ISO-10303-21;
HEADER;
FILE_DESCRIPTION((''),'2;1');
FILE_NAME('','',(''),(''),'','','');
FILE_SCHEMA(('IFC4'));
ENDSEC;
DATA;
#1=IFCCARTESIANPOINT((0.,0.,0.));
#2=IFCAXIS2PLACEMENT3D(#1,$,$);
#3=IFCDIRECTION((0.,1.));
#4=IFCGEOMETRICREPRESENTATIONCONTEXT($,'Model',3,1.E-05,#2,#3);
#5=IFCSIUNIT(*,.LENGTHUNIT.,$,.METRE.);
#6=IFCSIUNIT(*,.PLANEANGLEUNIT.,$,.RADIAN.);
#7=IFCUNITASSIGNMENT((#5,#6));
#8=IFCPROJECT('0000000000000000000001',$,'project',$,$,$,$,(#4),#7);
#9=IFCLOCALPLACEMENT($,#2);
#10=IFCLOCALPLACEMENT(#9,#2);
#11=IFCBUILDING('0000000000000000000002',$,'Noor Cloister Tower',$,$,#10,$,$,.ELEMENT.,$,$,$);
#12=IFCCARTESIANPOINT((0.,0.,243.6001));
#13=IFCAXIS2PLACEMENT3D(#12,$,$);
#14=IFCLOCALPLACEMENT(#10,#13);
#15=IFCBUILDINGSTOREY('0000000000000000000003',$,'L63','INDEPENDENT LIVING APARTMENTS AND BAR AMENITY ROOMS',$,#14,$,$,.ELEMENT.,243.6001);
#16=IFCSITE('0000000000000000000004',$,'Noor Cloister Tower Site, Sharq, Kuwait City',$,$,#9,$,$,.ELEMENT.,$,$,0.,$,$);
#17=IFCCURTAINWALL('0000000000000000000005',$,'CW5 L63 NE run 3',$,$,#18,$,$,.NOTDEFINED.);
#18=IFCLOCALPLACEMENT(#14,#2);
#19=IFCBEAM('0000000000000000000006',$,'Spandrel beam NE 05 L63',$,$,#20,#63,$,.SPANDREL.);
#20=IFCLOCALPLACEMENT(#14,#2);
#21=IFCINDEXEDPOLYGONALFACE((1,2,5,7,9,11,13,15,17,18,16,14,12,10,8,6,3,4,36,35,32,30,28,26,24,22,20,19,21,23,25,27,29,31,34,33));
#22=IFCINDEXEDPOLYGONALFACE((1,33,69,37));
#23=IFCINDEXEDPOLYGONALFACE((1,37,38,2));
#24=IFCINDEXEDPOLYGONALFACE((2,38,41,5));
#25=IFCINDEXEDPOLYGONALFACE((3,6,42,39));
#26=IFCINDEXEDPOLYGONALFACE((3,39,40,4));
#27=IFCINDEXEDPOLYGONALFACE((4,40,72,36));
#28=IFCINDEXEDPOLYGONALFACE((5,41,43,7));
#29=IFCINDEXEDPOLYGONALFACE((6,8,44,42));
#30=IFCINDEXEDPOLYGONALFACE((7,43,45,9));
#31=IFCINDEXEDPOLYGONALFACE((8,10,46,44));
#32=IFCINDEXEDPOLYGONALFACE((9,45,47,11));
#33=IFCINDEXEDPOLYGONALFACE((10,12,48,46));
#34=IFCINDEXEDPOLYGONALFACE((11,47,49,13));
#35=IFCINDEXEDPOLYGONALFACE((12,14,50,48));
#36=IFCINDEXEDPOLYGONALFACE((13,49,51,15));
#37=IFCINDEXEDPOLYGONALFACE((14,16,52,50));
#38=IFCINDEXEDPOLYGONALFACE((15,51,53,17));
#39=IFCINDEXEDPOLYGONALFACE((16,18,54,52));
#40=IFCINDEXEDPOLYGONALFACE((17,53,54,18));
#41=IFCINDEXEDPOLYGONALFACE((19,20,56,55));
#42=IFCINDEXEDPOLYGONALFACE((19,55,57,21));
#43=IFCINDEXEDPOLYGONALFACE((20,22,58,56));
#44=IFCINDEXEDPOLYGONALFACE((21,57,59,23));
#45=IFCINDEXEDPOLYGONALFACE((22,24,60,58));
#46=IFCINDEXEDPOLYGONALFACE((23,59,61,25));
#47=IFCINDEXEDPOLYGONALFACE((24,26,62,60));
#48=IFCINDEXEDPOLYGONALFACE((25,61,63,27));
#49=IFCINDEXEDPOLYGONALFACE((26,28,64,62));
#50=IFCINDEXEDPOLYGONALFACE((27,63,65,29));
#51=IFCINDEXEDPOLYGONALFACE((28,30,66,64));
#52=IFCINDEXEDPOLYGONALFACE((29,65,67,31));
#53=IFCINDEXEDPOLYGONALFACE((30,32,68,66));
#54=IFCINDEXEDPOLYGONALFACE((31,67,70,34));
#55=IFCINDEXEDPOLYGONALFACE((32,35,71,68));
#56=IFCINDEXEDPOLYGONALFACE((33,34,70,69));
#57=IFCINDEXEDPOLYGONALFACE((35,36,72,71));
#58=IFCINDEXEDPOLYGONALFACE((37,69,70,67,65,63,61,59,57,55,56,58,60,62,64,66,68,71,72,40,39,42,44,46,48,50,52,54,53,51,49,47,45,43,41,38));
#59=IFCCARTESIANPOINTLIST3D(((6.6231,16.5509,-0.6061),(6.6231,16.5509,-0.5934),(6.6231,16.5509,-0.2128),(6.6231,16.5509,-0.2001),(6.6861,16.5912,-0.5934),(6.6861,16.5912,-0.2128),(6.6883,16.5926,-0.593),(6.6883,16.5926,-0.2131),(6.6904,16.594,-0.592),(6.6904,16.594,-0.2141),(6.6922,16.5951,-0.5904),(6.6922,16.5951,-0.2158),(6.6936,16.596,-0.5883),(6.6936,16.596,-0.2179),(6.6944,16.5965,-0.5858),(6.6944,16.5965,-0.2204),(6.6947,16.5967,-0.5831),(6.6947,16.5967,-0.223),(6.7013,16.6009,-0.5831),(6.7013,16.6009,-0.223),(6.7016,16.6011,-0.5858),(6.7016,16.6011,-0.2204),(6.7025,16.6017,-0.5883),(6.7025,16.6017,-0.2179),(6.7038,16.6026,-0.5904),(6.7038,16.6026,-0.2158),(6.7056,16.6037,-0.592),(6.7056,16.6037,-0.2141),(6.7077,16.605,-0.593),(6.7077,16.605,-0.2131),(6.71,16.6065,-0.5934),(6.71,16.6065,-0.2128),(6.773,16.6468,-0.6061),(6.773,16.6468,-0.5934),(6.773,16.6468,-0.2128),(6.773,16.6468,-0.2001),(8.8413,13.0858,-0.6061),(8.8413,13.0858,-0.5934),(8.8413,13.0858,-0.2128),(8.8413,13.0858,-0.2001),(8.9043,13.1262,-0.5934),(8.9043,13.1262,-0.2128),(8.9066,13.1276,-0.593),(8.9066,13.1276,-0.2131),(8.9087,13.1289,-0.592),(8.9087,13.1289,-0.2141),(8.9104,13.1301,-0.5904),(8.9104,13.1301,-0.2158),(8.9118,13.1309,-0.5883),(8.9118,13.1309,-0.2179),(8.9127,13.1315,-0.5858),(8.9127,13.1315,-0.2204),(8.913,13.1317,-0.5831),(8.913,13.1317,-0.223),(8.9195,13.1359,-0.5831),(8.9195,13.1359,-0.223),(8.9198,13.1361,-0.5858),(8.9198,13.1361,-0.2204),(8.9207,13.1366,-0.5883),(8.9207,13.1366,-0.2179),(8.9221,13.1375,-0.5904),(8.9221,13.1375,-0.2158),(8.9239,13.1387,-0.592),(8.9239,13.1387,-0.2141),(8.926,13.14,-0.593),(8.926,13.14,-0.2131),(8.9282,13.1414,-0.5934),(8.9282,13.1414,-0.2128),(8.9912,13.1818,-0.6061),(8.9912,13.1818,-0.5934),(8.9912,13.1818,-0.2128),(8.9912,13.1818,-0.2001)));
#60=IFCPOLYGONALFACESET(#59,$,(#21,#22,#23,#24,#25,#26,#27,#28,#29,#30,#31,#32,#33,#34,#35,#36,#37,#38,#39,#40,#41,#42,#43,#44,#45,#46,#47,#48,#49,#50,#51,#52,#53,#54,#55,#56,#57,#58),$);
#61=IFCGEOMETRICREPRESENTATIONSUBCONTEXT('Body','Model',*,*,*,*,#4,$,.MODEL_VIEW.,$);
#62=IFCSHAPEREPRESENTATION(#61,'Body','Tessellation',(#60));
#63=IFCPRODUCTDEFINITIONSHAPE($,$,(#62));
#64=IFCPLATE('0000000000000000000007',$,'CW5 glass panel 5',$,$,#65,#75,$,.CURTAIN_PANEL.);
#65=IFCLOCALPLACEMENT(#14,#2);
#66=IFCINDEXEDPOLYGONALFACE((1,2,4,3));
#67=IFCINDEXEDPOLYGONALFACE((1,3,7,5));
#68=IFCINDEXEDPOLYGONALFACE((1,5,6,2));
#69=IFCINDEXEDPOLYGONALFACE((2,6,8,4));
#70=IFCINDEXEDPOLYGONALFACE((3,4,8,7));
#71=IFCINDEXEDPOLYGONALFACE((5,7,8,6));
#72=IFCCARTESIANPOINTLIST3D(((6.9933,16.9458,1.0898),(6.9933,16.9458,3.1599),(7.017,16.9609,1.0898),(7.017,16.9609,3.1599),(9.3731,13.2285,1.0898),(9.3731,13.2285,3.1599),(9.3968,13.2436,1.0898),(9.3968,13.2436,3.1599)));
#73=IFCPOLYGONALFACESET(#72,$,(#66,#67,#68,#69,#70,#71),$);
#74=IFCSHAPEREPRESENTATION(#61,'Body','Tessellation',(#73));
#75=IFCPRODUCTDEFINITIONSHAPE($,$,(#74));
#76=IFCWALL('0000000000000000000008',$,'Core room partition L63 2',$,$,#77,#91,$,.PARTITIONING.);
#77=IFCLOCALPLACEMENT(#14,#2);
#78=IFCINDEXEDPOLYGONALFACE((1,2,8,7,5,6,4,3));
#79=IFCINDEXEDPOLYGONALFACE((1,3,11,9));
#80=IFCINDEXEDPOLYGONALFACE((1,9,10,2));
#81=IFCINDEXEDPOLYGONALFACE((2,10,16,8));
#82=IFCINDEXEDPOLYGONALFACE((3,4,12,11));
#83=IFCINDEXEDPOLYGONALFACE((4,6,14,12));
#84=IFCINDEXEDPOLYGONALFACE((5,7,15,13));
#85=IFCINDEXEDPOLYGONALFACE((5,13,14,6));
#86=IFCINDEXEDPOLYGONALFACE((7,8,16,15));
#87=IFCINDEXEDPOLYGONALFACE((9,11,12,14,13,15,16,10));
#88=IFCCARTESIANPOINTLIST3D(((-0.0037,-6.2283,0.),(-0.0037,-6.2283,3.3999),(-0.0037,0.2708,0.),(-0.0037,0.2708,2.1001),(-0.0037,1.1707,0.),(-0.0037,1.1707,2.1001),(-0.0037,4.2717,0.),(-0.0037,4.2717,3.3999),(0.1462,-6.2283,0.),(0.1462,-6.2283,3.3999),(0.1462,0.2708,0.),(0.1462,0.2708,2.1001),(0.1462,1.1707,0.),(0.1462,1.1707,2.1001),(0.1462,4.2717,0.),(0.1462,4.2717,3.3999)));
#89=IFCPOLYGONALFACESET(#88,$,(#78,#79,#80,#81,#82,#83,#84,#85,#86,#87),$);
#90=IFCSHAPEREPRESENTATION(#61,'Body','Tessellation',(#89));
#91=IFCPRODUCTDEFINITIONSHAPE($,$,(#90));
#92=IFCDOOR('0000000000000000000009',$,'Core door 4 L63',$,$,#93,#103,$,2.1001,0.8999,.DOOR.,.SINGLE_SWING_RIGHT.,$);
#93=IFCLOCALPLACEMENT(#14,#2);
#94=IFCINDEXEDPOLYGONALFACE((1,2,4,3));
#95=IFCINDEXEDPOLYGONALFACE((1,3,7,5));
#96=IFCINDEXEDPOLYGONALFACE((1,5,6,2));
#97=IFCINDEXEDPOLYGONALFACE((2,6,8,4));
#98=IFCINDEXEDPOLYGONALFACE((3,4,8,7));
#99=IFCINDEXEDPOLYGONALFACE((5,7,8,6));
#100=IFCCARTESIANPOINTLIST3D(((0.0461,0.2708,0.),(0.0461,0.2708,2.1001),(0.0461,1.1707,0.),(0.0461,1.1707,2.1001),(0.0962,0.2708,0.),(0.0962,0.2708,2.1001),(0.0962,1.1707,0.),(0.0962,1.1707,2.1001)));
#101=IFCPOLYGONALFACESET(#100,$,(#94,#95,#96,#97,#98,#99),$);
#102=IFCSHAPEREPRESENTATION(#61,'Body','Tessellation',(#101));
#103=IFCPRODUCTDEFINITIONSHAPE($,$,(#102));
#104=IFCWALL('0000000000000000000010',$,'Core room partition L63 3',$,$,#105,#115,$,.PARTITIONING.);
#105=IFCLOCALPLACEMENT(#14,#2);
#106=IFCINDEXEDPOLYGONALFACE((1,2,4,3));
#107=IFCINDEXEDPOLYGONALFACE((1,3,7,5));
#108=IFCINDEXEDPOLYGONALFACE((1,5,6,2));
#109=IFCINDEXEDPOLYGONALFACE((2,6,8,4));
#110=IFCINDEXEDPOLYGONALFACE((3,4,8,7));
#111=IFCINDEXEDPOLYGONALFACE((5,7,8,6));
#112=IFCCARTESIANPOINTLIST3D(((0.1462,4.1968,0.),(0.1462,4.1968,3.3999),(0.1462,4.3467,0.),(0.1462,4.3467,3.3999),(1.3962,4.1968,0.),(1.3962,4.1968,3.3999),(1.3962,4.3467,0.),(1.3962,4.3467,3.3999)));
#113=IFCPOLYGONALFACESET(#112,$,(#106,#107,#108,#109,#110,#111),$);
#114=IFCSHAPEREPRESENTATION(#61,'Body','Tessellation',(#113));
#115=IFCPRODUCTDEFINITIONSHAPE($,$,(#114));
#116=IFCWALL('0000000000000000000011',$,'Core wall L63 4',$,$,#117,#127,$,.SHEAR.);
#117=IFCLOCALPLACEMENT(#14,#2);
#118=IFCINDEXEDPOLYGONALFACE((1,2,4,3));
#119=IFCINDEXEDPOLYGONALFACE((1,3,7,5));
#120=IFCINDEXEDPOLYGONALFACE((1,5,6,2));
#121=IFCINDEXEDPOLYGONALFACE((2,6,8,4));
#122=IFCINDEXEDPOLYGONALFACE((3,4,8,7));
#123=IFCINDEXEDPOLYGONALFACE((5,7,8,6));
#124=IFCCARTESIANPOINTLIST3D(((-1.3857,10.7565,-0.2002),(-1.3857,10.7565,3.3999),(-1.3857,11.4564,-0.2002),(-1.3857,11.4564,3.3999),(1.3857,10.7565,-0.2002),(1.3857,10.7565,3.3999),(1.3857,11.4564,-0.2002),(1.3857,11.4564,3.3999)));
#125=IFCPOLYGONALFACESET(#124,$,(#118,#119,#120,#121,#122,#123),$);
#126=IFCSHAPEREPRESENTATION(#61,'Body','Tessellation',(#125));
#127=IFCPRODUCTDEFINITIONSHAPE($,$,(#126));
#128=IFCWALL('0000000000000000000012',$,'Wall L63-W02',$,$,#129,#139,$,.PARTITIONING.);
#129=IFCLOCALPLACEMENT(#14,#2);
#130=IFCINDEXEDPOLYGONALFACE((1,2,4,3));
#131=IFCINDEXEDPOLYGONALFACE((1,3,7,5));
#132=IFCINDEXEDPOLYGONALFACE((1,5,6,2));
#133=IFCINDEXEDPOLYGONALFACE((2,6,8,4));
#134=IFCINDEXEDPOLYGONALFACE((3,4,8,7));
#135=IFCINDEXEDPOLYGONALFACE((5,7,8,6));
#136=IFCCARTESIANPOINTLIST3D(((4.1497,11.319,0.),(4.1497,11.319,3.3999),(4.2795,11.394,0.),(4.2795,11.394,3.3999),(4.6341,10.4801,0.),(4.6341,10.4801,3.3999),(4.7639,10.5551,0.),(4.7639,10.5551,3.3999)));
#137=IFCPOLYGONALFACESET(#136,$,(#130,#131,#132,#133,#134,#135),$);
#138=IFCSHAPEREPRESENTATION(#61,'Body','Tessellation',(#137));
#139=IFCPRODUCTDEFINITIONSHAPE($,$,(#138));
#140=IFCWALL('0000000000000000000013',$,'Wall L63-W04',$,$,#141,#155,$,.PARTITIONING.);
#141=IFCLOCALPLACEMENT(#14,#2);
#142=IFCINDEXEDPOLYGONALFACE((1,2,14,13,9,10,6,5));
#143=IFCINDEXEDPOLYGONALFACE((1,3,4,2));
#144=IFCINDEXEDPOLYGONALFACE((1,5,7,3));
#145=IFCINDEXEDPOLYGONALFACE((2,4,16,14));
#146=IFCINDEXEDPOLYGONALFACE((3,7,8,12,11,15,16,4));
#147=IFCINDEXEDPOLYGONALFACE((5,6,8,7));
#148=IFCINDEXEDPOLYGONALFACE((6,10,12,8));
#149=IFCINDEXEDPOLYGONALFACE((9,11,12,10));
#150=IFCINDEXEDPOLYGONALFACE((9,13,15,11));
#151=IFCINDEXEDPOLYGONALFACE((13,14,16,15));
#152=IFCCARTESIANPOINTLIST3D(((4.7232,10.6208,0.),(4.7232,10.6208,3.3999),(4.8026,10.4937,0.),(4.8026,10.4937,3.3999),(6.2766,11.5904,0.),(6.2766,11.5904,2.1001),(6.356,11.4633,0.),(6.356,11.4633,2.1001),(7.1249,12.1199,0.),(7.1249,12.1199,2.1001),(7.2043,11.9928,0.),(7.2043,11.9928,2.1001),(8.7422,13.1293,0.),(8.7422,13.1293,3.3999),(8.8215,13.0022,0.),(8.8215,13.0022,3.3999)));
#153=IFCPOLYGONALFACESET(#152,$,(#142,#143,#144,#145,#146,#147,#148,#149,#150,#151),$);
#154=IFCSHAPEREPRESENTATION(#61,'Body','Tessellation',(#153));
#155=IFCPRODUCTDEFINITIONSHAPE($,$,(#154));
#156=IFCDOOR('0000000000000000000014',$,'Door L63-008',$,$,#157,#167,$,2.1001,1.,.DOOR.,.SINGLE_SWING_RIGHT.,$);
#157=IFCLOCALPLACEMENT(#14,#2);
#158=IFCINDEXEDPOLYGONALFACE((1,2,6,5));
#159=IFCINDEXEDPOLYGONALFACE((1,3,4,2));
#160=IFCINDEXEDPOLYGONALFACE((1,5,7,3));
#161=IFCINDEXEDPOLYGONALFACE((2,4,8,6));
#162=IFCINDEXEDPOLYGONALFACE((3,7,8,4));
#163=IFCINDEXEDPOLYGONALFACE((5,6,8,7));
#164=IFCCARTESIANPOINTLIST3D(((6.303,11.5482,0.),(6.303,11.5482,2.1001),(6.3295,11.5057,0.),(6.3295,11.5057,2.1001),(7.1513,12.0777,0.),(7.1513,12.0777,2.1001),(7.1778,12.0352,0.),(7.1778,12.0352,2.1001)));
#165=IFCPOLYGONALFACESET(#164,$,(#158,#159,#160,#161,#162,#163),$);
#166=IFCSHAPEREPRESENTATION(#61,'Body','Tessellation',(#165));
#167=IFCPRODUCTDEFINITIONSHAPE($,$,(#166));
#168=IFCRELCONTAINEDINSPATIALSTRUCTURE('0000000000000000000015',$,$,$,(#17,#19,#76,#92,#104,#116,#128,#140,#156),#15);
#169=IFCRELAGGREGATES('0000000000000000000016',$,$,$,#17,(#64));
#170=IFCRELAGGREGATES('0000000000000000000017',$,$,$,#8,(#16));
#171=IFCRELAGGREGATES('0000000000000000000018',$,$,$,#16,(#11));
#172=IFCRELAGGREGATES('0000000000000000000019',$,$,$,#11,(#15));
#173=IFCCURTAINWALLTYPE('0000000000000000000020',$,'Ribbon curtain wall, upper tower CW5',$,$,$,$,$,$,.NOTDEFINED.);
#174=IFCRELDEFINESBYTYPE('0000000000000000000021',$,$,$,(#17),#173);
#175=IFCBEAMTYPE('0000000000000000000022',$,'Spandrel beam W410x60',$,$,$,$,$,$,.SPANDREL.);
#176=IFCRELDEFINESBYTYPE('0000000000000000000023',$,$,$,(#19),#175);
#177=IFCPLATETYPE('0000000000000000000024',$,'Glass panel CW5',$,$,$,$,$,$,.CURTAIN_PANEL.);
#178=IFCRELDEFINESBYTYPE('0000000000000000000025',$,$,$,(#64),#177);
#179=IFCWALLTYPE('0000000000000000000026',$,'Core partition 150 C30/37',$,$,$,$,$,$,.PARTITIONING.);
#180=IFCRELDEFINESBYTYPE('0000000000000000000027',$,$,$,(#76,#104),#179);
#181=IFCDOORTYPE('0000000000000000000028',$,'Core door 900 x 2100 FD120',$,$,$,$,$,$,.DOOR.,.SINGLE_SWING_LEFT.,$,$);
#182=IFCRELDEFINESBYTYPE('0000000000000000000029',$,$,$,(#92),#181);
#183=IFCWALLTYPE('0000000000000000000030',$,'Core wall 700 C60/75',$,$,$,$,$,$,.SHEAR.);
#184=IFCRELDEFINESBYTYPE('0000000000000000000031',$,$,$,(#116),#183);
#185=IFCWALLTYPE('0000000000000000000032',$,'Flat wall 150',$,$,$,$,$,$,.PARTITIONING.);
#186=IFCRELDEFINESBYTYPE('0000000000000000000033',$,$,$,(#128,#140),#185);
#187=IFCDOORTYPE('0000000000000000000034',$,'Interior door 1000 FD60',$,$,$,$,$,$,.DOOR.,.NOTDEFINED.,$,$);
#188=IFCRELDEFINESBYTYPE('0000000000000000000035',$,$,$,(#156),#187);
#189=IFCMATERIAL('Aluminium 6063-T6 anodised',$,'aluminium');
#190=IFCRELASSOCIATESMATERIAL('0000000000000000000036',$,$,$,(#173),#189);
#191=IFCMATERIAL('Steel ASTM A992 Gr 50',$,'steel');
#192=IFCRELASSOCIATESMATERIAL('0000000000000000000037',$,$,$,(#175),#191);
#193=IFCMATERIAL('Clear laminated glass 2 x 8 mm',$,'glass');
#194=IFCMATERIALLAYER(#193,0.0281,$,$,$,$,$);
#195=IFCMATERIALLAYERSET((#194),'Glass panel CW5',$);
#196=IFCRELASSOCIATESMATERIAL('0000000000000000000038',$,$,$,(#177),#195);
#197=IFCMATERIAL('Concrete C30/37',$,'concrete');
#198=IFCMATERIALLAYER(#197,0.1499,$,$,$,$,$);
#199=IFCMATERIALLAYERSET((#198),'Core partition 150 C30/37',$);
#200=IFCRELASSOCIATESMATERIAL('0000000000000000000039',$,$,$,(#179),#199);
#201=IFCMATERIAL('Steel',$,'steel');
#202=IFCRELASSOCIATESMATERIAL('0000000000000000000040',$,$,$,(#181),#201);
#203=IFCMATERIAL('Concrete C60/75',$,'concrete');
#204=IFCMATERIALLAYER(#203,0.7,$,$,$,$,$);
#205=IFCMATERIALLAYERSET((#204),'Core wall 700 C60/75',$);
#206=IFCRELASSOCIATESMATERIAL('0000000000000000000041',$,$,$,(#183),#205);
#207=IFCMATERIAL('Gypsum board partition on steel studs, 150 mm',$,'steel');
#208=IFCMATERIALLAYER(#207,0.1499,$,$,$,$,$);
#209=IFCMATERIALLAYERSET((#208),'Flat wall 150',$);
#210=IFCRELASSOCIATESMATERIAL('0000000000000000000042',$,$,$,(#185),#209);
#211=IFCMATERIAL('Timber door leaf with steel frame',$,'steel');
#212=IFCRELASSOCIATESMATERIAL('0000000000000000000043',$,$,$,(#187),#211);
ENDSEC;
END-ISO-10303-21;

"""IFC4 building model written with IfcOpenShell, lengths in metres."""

from ifc_helpers import new_model, si_unit, direction, frame, frame_2d, origin, origin_2d, place, context, subcontext, project, spatial, rectangle, i_section, extrude, material, layer, layer_set, material_profile, profile_set, type_object, element, fill, aggregate, save


model = new_model("IFC4")

# Units and contexts
model_context = context("Model", 3, precision=1e-05, world=origin(), true_north=direction((0.0, 1.0)))
body_context = subcontext(model_context, "Body", "Model", "MODEL_VIEW")
ifc_project = project(units=[si_unit("LENGTHUNIT", "METRE"), si_unit("PLANEANGLEUNIT", "RADIAN")], contexts=[model_context])

# Site, building, storey
site_placement = place(None, origin())
site = spatial("IfcSite", under=ifc_project, at=site_placement, Name="Noor Cloister Tower Site, Sharq, Kuwait City", CompositionType="ELEMENT", RefElevation=0.0)
building_placement = place(site_placement, origin())
building = spatial("IfcBuilding", under=site, at=building_placement, Name="Noor Cloister Tower", CompositionType="ELEMENT")
storey_placement = place(building_placement, frame((0.0, 0.0, 243.6001)))
storey = spatial("IfcBuildingStorey", under=building, at=storey_placement, Name="L63", Description="INDEPENDENT LIVING APARTMENTS AND BAR AMENITY ROOMS", CompositionType="ELEMENT", Elevation=243.6001)

# Curtain wall
ifc_material_1 = material(Name="Aluminium 6063-T6 anodised", Category="aluminium")
curtain_wall_type = type_object("IfcCurtainWallType", Name="Ribbon curtain wall, upper tower CW5", PredefinedType="NOTDEFINED", material=ifc_material_1)
curtain_wall_placement = place(storey_placement, origin())
curtain_wall = element("IfcCurtainWall", 1, at=curtain_wall_placement, inside=storey, type_object=curtain_wall_type, Name="CW5 L63 NE run 3", PredefinedType="NOTDEFINED")

# Beam
ifc_material_2 = material(Name="Steel ASTM A992 Gr 50", Category="steel")
ifc_material_profile_1 = material_profile(ifc_material_2, i_section(OverallWidth=0.178, OverallDepth=0.406, WebThickness=0.0078, FlangeThickness=0.0127, FilletRadius=0.0103, at=origin_2d()), Name="W410x60")
ifc_profile_set_1 = profile_set([ifc_material_profile_1], Name="Steel ASTM A992 Gr 50")
beam_type_1 = type_object("IfcBeamType", Name="Spandrel beam W410x60", PredefinedType="SPANDREL", material=ifc_profile_set_1)
beam_1_placement = place(storey_placement, frame((8.9163, 13.1338, -0.4031), z_axis=(-0.539158, 0.842205, 0.0), x_axis=(-0.842205, -0.539158, 0.0)))
element("IfcBeam", 2, at=beam_1_placement, inside=storey, type_object=beam_type_1, Name="Spandrel beam NE 05 L63", PredefinedType="SPANDREL", context=body_context, shape_type="SweptSolid", body=[
    extrude(i_section(OverallWidth=0.178, OverallDepth=0.406, WebThickness=0.0078, FlangeThickness=0.0127, FilletRadius=0.0103, at=origin_2d()), origin(), (0.0, 0.0, 1.0), 4.1143),
])

# Plate
ifc_material_3 = material(Name="Clear laminated glass 2 x 8 mm", Category="glass")
ifc_layer_1 = layer(ifc_material_3, 0.0281)
ifc_layer_set_1 = layer_set([ifc_layer_1], Name="Glass panel CW5")
plate_type = type_object("IfcPlateType", Name="Glass panel CW5", PredefinedType="CURTAIN_PANEL", material=ifc_layer_set_1)
plate_placement = place(storey_placement, frame((8.1951, 15.0947, 1.0898), z_axis=(0.0, 0.0, 1.0), x_axis=(-0.539171, 0.842196, 0.0)))
plate = element("IfcPlate", 3, at=plate_placement, type_object=plate_type, Name="CW5 glass panel 5", PredefinedType="CURTAIN_PANEL", context=body_context, shape_type="SweptSolid", body=[
    extrude(rectangle(XDim=4.4138, YDim=0.0281, at=origin_2d()), origin(), (0.0, 0.0, 1.0), 2.0701),
])
aggregate(curtain_wall, [plate])

# Wall, opening, door
ifc_material_4 = material(Name="Concrete C30/37", Category="concrete")
ifc_layer_2 = layer(ifc_material_4, 0.1499)
ifc_layer_set_2 = layer_set([ifc_layer_2], Name="Core partition 150 C30/37")
wall_type_1 = type_object("IfcWallType", Name="Core partition 150 C30/37", PredefinedType="PARTITIONING", material=ifc_layer_set_2)
wall_1_placement = place(storey_placement, frame((0.0713, 4.2717, 0.0), z_axis=(0.0, 0.0, 1.0), x_axis=(0.0, -1.0, 0.0)))
wall_1 = element("IfcWall", 4, at=wall_1_placement, inside=storey, type_object=wall_type_1, Name="Core room partition L63 2", PredefinedType="PARTITIONING", context=body_context, shape_type="SweptSolid", body=[
    extrude(rectangle(XDim=10.5, YDim=0.1499, at=frame_2d((5.25, 0.0))), origin(), (0.0, 0.0, 1.0), 3.3999),
])
opening_1_placement = place(wall_1_placement, frame((3.1011, 0.0, 0.0)))
opening_1 = element("IfcOpeningElement", 5, at=opening_1_placement, cuts=wall_1, PredefinedType="OPENING", context=body_context, shape_type="SweptSolid", body=[
    extrude(rectangle(XDim=0.8999, YDim=2.1001, at=frame_2d((0.45, 1.05))), frame((0.0, 0.085, 0.0), z_axis=(0.0, -1.0, 0.0), x_axis=(1.0, 0.0, 0.0)), (0.0, 0.0, 1.0), 0.1699),
])
ifc_material_5 = material(Name="Steel", Category="steel")
door_type_1 = type_object("IfcDoorType", Name="Core door 900 x 2100 FD120", OperationType="SINGLE_SWING_LEFT", PredefinedType="DOOR", material=ifc_material_5)
door_1_placement = place(opening_1_placement, origin())
door_1 = element("IfcDoor", 6, at=door_1_placement, inside=storey, type_object=door_type_1, Name="Core door 4 L63", OperationType="SINGLE_SWING_RIGHT", OverallHeight=2.1001, OverallWidth=0.8999, PredefinedType="DOOR", context=body_context, shape_type="SweptSolid", body=[
    extrude(rectangle(XDim=0.8999, YDim=2.1001, at=frame_2d((0.45, 1.05))), frame((0.0, 0.0249, 0.0), z_axis=(0.0, -1.0, 0.0), x_axis=(1.0, 0.0, 0.0)), (0.0, 0.0, 1.0), 0.05),
])
fill(opening_1, door_1)

# Walls
wall_2_placement = place(storey_placement, frame((0.1462, 4.2717, 0.0), z_axis=(0.0, 0.0, 1.0), x_axis=(1.0, 0.0, 0.0)))
element("IfcWall", 7, at=wall_2_placement, inside=storey, type_object=wall_type_1, Name="Core room partition L63 3", PredefinedType="PARTITIONING", context=body_context, shape_type="SweptSolid", body=[
    extrude(rectangle(XDim=1.25, YDim=0.1499, at=frame_2d((0.625, 0.0))), origin(), (0.0, 0.0, 1.0), 3.3999),
])
ifc_material_6 = material(Name="Concrete C60/75", Category="concrete")
ifc_layer_3 = layer(ifc_material_6, 0.7)
ifc_layer_set_3 = layer_set([ifc_layer_3], Name="Core wall 700 C60/75")
wall_type_2 = type_object("IfcWallType", Name="Core wall 700 C60/75", PredefinedType="SHEAR", material=ifc_layer_set_3)
wall_3_placement = place(storey_placement, frame((1.3857, 11.1064, -0.2002), z_axis=(0.0, 0.0, 1.0), x_axis=(-1.0, 0.0, 0.0)))
element("IfcWall", 8, at=wall_3_placement, inside=storey, type_object=wall_type_2, Name="Core wall L63 4", PredefinedType="SHEAR", context=body_context, shape_type="SweptSolid", body=[
    extrude(rectangle(XDim=2.7715, YDim=0.7, at=frame_2d((1.3857, 0.0))), origin(), (0.0, 0.0, 1.0), 3.6001),
])
ifc_material_7 = material(Name="Gypsum board partition on steel studs, 150 mm", Category="steel")
ifc_layer_4 = layer(ifc_material_7, 0.1499)
ifc_layer_set_4 = layer_set([ifc_layer_4], Name="Flat wall 150")
wall_type_3 = type_object("IfcWallType", Name="Flat wall 150", PredefinedType="PARTITIONING", material=ifc_layer_set_4)
wall_4_placement = place(storey_placement, frame((4.699, 10.5176, 0.0), z_axis=(0.0, 0.0, 1.0), x_axis=(-0.500042, 0.866001, 0.0)))
element("IfcWall", 9, at=wall_4_placement, inside=storey, type_object=wall_type_3, Name="Wall L63-W02", PredefinedType="PARTITIONING", context=body_context, shape_type="SweptSolid", body=[
    extrude(rectangle(XDim=0.9688, YDim=0.1499, at=frame_2d((0.4844, 0.0))), origin(), (0.0, 0.0, 1.0), 3.3999),
])

# Wall, opening, door
wall_5_placement = place(storey_placement, frame((8.7817, 13.0657, 0.0), z_axis=(0.0, 0.0, 1.0), x_axis=(-0.848317, -0.529489, 0.0)))
wall_5 = element("IfcWall", 10, at=wall_5_placement, inside=storey, type_object=wall_type_3, Name="Wall L63-W04", PredefinedType="PARTITIONING", context=body_context, shape_type="SweptSolid", body=[
    extrude(rectangle(XDim=4.7375, YDim=0.1499, at=frame_2d((2.3687, 0.0))), origin(), (0.0, 0.0, 1.0), 3.3999),
])
opening_2_placement = place(wall_5_placement, frame((1.9062, 0.0, 0.0)))
opening_2 = element("IfcOpeningElement", 11, at=opening_2_placement, cuts=wall_5, PredefinedType="OPENING", context=body_context, shape_type="SweptSolid", body=[
    extrude(rectangle(XDim=1.0, YDim=2.1001, at=frame_2d((0.5, 1.05))), frame((0.0, 0.085, 0.0), z_axis=(0.0, -1.0, 0.0), x_axis=(1.0, 0.0, 0.0)), (0.0, 0.0, 1.0), 0.1699),
])
ifc_material_8 = material(Name="Timber door leaf with steel frame", Category="steel")
door_type_2 = type_object("IfcDoorType", Name="Interior door 1000 FD60", OperationType="NOTDEFINED", PredefinedType="DOOR", material=ifc_material_8)
door_2_placement = place(opening_2_placement, origin())
door_2 = element("IfcDoor", 12, at=door_2_placement, inside=storey, type_object=door_type_2, Name="Door L63-008", OperationType="SINGLE_SWING_RIGHT", OverallHeight=2.1001, OverallWidth=1.0, PredefinedType="DOOR", context=body_context, shape_type="SweptSolid", body=[
    extrude(rectangle(XDim=1.0, YDim=2.1001, at=frame_2d((0.5, 1.05))), frame((0.0, 0.0249, 0.0), z_axis=(0.0, -1.0, 0.0), x_axis=(1.0, 0.0, 0.0)), (0.0, 0.0, 1.0), 0.05),
])
fill(opening_2, door_2)

save(model, "model.ifc")
